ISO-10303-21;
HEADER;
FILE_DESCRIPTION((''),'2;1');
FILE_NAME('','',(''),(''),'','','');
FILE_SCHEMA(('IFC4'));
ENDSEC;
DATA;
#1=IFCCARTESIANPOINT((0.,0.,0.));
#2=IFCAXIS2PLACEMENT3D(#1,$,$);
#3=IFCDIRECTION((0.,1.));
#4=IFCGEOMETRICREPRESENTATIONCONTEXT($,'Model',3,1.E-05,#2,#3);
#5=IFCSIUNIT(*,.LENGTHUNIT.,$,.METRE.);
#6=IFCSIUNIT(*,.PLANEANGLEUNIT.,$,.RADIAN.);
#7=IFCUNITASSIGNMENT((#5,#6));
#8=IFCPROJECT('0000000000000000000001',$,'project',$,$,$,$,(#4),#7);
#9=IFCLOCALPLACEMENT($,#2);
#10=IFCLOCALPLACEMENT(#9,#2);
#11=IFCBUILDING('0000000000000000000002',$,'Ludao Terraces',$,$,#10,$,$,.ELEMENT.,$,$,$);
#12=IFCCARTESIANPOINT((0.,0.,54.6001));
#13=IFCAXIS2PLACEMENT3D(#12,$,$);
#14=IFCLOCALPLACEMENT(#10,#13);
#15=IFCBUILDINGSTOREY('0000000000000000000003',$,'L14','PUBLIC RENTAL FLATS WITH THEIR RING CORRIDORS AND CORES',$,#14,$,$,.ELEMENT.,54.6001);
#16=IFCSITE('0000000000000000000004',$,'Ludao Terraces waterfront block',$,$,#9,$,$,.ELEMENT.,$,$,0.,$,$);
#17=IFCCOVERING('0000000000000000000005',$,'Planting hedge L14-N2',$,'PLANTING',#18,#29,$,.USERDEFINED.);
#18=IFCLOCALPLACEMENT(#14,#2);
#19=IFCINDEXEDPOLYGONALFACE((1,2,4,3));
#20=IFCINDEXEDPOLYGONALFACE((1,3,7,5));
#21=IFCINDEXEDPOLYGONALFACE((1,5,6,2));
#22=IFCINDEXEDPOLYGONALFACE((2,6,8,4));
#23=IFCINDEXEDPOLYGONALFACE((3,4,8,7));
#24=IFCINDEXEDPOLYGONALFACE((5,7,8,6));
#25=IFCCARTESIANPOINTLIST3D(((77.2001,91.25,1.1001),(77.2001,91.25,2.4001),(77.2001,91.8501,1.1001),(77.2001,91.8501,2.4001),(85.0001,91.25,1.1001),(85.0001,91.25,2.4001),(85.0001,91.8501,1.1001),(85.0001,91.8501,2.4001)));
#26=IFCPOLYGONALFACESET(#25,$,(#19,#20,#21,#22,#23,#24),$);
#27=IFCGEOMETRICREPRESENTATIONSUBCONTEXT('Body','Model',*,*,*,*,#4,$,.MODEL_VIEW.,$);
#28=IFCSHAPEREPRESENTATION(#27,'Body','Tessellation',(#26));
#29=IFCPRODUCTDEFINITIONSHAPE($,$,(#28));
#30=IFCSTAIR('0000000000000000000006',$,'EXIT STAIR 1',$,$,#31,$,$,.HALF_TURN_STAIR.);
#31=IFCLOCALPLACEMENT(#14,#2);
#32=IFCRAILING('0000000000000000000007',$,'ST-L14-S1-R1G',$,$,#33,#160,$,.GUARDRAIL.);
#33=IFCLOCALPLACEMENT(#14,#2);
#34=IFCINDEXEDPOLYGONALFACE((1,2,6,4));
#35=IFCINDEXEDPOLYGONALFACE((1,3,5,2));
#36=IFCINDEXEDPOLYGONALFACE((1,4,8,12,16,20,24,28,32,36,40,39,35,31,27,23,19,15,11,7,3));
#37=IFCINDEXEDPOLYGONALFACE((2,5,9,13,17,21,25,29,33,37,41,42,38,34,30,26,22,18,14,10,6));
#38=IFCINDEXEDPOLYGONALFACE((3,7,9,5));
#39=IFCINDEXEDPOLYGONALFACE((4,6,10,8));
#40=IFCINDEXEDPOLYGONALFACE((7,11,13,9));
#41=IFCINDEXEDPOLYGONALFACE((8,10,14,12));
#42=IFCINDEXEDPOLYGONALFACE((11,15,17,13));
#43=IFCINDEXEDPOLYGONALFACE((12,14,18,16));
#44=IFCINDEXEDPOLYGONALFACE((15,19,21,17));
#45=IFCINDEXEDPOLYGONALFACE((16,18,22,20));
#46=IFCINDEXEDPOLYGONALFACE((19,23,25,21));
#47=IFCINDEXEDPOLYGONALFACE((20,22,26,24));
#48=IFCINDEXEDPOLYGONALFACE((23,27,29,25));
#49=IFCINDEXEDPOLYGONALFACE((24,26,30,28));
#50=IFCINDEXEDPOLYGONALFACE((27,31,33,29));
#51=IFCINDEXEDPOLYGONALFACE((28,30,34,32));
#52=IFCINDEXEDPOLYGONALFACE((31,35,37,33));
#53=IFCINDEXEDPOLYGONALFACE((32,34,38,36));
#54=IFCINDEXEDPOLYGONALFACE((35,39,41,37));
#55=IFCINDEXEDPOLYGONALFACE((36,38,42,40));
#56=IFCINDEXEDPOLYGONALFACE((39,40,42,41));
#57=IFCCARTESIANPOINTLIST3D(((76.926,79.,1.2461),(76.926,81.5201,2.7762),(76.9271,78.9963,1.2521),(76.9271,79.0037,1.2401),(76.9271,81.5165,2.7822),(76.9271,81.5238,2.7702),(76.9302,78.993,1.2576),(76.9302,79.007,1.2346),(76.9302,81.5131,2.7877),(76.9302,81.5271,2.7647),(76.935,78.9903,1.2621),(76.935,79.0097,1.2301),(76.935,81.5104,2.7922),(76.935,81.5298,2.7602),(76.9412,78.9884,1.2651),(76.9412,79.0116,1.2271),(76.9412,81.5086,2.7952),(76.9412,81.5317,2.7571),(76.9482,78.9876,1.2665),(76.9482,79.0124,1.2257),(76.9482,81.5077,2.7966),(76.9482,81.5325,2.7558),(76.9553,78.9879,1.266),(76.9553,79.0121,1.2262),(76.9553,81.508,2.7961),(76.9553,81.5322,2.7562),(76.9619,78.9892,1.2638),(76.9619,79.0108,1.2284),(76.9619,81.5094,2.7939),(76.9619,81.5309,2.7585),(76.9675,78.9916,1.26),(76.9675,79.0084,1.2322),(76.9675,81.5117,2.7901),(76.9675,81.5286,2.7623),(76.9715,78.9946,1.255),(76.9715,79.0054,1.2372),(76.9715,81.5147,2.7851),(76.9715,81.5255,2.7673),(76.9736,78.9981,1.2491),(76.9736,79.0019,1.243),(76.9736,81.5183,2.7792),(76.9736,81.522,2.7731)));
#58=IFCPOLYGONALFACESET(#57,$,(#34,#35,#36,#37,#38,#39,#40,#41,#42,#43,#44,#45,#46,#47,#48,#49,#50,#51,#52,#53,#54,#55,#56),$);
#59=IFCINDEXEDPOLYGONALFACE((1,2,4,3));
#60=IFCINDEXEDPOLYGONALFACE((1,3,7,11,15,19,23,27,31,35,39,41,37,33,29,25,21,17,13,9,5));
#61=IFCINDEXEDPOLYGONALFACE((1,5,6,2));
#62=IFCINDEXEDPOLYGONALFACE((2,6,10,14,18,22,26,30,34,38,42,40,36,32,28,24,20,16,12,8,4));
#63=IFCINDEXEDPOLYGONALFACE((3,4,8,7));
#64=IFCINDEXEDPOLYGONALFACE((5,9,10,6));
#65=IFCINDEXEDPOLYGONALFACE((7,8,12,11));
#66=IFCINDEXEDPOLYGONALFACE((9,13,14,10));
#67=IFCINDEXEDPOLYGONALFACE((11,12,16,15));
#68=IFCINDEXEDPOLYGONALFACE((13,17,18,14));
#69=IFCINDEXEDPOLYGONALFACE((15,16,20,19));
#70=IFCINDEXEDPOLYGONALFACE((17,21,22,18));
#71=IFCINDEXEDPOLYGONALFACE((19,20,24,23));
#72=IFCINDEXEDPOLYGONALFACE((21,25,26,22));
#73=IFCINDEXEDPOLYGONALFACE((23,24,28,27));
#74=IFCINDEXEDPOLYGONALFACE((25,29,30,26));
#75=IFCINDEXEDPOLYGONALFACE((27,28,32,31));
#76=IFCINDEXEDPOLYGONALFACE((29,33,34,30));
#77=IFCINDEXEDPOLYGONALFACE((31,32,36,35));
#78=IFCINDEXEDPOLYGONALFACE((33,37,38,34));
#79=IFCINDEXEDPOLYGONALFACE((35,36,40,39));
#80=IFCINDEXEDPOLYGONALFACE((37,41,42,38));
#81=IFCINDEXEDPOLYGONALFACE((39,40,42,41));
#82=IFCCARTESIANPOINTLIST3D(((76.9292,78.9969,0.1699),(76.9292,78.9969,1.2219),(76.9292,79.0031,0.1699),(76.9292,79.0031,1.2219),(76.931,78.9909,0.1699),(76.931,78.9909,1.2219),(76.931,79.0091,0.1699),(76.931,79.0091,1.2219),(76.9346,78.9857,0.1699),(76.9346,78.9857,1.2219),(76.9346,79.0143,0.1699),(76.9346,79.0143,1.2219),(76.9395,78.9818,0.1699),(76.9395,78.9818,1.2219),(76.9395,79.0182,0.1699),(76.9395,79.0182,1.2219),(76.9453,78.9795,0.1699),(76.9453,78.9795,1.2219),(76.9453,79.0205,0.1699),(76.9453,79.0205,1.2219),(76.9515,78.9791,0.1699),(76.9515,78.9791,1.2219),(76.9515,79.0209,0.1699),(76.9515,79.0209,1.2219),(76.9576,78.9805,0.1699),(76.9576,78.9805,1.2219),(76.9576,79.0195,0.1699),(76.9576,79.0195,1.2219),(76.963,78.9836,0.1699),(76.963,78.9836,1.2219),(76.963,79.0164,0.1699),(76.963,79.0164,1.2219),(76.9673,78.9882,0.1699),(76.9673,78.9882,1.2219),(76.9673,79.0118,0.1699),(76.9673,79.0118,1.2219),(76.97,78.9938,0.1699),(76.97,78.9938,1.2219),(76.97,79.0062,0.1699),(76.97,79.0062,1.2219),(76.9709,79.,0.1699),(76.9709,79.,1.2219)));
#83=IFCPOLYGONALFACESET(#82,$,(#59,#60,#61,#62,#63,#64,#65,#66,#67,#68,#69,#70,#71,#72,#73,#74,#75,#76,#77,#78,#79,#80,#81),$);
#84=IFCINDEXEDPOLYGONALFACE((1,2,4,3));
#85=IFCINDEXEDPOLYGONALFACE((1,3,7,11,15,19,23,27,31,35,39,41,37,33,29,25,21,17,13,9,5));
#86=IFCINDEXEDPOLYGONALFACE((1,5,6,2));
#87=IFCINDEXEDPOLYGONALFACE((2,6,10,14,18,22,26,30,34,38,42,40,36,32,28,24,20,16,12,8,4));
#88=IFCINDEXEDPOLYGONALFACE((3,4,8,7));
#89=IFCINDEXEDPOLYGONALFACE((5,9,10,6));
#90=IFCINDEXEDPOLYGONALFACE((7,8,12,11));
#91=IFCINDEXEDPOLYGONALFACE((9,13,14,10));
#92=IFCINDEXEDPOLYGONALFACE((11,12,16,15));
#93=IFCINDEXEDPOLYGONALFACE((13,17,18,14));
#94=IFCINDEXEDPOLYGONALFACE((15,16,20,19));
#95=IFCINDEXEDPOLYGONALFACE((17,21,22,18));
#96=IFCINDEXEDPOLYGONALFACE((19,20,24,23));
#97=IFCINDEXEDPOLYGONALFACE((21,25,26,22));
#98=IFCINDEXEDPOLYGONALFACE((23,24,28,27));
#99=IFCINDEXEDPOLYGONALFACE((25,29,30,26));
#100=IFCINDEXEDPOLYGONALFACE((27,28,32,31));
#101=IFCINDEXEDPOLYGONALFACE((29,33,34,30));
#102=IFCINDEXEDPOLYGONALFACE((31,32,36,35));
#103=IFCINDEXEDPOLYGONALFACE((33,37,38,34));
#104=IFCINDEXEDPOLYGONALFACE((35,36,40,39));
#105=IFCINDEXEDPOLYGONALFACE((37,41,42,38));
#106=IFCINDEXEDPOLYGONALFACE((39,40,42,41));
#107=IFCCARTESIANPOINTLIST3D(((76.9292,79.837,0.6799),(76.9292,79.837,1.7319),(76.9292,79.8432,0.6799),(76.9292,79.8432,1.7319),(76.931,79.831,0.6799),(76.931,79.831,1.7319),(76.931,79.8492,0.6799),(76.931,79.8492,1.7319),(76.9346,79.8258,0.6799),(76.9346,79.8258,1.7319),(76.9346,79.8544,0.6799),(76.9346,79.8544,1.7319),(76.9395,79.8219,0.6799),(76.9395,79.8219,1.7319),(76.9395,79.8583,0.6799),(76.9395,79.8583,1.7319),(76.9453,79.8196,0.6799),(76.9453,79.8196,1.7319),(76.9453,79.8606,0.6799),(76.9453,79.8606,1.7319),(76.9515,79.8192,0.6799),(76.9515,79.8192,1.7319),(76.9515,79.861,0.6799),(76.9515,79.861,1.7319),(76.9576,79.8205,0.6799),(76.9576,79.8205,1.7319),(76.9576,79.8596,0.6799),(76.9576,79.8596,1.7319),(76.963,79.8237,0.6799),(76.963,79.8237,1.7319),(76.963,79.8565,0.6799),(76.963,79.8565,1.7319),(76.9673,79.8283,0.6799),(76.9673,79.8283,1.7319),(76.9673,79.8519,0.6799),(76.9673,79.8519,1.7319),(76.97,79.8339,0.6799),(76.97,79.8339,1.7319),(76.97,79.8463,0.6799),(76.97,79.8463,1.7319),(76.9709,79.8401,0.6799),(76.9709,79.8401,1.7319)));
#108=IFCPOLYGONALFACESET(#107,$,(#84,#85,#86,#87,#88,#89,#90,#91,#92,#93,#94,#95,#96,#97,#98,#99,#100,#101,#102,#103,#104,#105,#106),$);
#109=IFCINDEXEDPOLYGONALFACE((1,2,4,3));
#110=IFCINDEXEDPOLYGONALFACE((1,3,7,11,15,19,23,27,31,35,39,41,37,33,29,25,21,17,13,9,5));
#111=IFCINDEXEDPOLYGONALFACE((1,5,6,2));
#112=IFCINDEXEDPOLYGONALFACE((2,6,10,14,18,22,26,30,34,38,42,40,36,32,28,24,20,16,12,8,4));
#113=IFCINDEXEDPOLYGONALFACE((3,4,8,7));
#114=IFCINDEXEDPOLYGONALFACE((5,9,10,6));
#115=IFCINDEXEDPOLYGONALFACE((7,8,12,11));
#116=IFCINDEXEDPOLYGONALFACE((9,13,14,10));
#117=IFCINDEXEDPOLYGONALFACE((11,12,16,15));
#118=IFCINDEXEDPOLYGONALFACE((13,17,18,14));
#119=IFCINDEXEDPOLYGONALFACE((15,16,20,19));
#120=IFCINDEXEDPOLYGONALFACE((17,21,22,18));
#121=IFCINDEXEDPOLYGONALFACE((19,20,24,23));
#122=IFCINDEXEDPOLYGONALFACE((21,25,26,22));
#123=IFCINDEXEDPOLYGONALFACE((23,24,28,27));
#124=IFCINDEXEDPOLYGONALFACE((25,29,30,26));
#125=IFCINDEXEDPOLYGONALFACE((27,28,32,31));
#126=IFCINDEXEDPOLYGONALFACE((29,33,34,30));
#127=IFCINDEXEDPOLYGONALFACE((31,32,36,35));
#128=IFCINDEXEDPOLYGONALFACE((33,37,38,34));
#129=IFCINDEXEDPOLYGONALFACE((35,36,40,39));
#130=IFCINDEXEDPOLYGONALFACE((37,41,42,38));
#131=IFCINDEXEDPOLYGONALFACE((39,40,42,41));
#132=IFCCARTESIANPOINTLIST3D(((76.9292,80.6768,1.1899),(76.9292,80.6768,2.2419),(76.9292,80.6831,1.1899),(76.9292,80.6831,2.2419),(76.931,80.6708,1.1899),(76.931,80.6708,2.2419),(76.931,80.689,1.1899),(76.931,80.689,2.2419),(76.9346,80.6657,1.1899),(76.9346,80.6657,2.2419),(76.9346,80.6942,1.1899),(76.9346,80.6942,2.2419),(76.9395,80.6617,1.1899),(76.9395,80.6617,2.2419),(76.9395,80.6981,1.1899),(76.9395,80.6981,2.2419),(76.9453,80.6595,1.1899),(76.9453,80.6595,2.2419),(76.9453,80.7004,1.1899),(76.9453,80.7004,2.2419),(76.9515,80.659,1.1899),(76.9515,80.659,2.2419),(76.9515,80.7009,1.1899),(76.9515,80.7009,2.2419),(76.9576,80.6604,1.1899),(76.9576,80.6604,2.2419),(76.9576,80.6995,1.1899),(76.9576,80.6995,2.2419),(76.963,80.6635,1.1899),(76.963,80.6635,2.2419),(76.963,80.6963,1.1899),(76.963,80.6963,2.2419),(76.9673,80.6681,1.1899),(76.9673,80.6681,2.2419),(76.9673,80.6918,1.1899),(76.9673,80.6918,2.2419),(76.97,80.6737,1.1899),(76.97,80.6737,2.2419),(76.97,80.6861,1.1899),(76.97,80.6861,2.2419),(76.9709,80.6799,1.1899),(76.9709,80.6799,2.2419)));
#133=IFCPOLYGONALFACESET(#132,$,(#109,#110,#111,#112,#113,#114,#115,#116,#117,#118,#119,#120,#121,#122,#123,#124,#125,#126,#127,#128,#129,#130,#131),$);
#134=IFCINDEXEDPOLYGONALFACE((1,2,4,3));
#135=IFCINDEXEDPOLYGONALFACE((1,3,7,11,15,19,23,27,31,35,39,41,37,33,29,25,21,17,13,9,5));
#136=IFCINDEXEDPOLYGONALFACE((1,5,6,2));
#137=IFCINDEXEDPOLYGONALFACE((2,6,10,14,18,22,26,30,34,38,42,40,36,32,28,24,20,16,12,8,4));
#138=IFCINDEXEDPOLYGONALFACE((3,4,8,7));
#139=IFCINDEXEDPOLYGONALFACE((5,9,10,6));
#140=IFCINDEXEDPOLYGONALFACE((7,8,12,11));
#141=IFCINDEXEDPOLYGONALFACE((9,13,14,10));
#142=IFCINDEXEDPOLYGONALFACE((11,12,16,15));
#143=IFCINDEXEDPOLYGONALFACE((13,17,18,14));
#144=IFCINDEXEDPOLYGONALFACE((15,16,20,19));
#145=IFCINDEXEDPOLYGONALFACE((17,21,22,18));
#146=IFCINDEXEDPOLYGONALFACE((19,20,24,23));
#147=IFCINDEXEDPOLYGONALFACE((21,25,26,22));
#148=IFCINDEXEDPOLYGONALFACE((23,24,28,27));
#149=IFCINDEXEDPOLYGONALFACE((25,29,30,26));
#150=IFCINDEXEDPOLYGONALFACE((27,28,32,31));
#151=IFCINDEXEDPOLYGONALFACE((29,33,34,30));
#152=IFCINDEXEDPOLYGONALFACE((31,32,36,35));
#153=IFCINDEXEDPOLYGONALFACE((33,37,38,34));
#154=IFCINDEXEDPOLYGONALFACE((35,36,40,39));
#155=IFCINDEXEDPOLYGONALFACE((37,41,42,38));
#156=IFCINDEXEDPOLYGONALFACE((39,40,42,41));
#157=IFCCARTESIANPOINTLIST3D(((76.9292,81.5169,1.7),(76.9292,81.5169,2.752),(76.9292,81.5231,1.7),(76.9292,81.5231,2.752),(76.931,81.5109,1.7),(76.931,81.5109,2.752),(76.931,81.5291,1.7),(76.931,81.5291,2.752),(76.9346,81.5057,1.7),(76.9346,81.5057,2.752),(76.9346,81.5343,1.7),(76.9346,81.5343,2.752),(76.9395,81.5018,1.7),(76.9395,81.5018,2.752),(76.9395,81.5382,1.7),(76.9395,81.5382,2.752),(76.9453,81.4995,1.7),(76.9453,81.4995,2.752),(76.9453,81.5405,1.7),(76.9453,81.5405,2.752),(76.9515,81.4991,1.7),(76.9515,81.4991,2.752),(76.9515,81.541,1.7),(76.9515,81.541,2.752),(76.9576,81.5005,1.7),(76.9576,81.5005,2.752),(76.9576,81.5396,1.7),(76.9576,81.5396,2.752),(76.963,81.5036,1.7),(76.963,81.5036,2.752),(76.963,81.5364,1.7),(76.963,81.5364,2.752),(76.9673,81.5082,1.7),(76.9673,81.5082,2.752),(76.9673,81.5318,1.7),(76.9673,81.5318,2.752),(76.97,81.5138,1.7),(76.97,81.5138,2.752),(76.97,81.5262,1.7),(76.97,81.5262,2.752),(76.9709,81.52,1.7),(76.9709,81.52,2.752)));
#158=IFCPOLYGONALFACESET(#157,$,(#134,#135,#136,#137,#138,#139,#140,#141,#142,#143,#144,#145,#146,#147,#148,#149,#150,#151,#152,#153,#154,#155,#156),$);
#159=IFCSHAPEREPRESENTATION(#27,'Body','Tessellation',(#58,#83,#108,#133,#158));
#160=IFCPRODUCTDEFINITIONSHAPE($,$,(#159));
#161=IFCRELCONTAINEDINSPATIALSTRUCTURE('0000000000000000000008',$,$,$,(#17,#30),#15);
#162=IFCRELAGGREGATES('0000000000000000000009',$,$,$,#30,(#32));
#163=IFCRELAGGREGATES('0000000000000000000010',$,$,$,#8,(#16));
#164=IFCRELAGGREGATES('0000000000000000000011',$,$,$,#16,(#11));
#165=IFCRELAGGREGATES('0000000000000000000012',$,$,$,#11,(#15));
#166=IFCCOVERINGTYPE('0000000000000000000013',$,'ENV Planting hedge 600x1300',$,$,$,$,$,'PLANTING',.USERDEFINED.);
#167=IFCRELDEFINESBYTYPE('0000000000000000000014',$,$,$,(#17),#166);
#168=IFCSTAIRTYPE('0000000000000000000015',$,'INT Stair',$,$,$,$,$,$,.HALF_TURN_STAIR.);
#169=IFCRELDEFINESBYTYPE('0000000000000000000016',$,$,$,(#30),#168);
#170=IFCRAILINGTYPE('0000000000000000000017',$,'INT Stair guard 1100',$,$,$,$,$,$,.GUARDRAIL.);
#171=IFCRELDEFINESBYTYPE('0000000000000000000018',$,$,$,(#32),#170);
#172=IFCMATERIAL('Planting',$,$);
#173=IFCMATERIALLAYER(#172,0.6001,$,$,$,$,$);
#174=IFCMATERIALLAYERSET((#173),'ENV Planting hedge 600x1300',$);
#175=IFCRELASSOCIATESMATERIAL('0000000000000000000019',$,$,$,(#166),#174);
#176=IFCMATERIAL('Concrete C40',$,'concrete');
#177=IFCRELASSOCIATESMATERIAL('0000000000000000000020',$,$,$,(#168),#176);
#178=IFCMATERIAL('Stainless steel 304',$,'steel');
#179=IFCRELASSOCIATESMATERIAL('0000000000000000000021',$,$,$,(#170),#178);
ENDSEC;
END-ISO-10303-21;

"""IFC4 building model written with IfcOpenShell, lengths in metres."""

from ifc_helpers import new_model, si_unit, direction, frame, origin, origin_2d, place, context, subcontext, project, spatial, rectangle, circle, extrude, material, layer, layer_set, type_object, element, aggregate, save


model = new_model("IFC4")

# Units and contexts
model_context = context("Model", 3, precision=1e-05, world=origin(), true_north=direction((0.0, 1.0)))
body_context = subcontext(model_context, "Body", "Model", "MODEL_VIEW")
ifc_project = project(units=[si_unit("LENGTHUNIT", "METRE"), si_unit("PLANEANGLEUNIT", "RADIAN")], contexts=[model_context])

# Site, building, storey
site_placement = place(None, origin())
site = spatial("IfcSite", under=ifc_project, at=site_placement, Name="Ludao Terraces waterfront block", CompositionType="ELEMENT", RefElevation=0.0)
building_placement = place(site_placement, origin())
building = spatial("IfcBuilding", under=site, at=building_placement, Name="Ludao Terraces", CompositionType="ELEMENT")
storey_placement = place(building_placement, frame((0.0, 0.0, 54.6001)))
storey = spatial("IfcBuildingStorey", under=building, at=storey_placement, Name="L14", Description="PUBLIC RENTAL FLATS WITH THEIR RING CORRIDORS AND CORES", CompositionType="ELEMENT", Elevation=54.6001)

# Shared definitions
ifc_material_1 = material(Name="Concrete C40", Category="concrete")

# Shared definitions
ifc_material_2 = material(Name="Stainless steel 304", Category="steel")

# Covering
ifc_material_3 = material(Name="Planting")
ifc_layer_1 = layer(ifc_material_3, 0.6001)
ifc_layer_set_1 = layer_set([ifc_layer_1], Name="ENV Planting hedge 600x1300")
covering_type = type_object("IfcCoveringType", Name="ENV Planting hedge 600x1300", ElementType="PLANTING", PredefinedType="USERDEFINED", material=ifc_layer_set_1)
for number, where, z_axis, x_axis, name in (
    (1, (81.1001, 91.55, 1.1001), (0.0, 0.0, 1.0), (1.0, 0.0, 0.0), "Planting hedge L14-N2"),
):
    element("IfcCovering", number, at=place(storey_placement, frame(where, z_axis=z_axis, x_axis=x_axis)), inside=storey, type_object=covering_type, Name=name, ObjectType="PLANTING", PredefinedType="USERDEFINED", context=body_context, shape_type="SweptSolid", body=[
        extrude(rectangle(XDim=7.8, YDim=0.6001, at=origin_2d()), origin(), (0.0, 0.0, 1.0), 1.3),
    ])

# Stair, railing
stair_type = type_object("IfcStairType", Name="INT Stair", PredefinedType="HALF_TURN_STAIR", material=ifc_material_1)
stair_placement = place(storey_placement, origin())
stair = element("IfcStair", 2, at=stair_placement, inside=storey, type_object=stair_type, Name="EXIT STAIR 1", PredefinedType="HALF_TURN_STAIR")
railing_type_1 = type_object("IfcRailingType", Name="INT Stair guard 1100", PredefinedType="GUARDRAIL", material=ifc_material_2)
railing_1_placement = place(storey_placement, frame((76.95, 79.0, 0.1699)))
railing_1 = element("IfcRailing", 3, at=railing_1_placement, type_object=railing_type_1, Name="ST-L14-S1-R1G", PredefinedType="GUARDRAIL", context=body_context, shape_type="SweptSolid", body=[
    extrude(circle(Radius=0.0239, at=origin_2d()), frame((0.0, 0.0, 1.0762), z_axis=(0.0, 0.854785, 0.518982), x_axis=(-1.0, 0.0, 0.0)), (0.0, 0.0, 1.0), 2.9482),
    extrude(circle(Radius=0.021, at=origin_2d()), origin(), (0.0, 0.0, 1.0), 1.052),
    extrude(circle(Radius=0.021, at=origin_2d()), frame((0.0, 0.8401, 0.51)), (0.0, 0.0, 1.0), 1.052),
    extrude(circle(Radius=0.021, at=origin_2d()), frame((0.0, 1.6799, 1.02)), (0.0, 0.0, 1.0), 1.052),
    extrude(circle(Radius=0.021, at=origin_2d()), frame((0.0, 2.52, 1.53)), (0.0, 0.0, 1.0), 1.052),
])
aggregate(stair, [railing_1])

save(model, "model.ifc")
